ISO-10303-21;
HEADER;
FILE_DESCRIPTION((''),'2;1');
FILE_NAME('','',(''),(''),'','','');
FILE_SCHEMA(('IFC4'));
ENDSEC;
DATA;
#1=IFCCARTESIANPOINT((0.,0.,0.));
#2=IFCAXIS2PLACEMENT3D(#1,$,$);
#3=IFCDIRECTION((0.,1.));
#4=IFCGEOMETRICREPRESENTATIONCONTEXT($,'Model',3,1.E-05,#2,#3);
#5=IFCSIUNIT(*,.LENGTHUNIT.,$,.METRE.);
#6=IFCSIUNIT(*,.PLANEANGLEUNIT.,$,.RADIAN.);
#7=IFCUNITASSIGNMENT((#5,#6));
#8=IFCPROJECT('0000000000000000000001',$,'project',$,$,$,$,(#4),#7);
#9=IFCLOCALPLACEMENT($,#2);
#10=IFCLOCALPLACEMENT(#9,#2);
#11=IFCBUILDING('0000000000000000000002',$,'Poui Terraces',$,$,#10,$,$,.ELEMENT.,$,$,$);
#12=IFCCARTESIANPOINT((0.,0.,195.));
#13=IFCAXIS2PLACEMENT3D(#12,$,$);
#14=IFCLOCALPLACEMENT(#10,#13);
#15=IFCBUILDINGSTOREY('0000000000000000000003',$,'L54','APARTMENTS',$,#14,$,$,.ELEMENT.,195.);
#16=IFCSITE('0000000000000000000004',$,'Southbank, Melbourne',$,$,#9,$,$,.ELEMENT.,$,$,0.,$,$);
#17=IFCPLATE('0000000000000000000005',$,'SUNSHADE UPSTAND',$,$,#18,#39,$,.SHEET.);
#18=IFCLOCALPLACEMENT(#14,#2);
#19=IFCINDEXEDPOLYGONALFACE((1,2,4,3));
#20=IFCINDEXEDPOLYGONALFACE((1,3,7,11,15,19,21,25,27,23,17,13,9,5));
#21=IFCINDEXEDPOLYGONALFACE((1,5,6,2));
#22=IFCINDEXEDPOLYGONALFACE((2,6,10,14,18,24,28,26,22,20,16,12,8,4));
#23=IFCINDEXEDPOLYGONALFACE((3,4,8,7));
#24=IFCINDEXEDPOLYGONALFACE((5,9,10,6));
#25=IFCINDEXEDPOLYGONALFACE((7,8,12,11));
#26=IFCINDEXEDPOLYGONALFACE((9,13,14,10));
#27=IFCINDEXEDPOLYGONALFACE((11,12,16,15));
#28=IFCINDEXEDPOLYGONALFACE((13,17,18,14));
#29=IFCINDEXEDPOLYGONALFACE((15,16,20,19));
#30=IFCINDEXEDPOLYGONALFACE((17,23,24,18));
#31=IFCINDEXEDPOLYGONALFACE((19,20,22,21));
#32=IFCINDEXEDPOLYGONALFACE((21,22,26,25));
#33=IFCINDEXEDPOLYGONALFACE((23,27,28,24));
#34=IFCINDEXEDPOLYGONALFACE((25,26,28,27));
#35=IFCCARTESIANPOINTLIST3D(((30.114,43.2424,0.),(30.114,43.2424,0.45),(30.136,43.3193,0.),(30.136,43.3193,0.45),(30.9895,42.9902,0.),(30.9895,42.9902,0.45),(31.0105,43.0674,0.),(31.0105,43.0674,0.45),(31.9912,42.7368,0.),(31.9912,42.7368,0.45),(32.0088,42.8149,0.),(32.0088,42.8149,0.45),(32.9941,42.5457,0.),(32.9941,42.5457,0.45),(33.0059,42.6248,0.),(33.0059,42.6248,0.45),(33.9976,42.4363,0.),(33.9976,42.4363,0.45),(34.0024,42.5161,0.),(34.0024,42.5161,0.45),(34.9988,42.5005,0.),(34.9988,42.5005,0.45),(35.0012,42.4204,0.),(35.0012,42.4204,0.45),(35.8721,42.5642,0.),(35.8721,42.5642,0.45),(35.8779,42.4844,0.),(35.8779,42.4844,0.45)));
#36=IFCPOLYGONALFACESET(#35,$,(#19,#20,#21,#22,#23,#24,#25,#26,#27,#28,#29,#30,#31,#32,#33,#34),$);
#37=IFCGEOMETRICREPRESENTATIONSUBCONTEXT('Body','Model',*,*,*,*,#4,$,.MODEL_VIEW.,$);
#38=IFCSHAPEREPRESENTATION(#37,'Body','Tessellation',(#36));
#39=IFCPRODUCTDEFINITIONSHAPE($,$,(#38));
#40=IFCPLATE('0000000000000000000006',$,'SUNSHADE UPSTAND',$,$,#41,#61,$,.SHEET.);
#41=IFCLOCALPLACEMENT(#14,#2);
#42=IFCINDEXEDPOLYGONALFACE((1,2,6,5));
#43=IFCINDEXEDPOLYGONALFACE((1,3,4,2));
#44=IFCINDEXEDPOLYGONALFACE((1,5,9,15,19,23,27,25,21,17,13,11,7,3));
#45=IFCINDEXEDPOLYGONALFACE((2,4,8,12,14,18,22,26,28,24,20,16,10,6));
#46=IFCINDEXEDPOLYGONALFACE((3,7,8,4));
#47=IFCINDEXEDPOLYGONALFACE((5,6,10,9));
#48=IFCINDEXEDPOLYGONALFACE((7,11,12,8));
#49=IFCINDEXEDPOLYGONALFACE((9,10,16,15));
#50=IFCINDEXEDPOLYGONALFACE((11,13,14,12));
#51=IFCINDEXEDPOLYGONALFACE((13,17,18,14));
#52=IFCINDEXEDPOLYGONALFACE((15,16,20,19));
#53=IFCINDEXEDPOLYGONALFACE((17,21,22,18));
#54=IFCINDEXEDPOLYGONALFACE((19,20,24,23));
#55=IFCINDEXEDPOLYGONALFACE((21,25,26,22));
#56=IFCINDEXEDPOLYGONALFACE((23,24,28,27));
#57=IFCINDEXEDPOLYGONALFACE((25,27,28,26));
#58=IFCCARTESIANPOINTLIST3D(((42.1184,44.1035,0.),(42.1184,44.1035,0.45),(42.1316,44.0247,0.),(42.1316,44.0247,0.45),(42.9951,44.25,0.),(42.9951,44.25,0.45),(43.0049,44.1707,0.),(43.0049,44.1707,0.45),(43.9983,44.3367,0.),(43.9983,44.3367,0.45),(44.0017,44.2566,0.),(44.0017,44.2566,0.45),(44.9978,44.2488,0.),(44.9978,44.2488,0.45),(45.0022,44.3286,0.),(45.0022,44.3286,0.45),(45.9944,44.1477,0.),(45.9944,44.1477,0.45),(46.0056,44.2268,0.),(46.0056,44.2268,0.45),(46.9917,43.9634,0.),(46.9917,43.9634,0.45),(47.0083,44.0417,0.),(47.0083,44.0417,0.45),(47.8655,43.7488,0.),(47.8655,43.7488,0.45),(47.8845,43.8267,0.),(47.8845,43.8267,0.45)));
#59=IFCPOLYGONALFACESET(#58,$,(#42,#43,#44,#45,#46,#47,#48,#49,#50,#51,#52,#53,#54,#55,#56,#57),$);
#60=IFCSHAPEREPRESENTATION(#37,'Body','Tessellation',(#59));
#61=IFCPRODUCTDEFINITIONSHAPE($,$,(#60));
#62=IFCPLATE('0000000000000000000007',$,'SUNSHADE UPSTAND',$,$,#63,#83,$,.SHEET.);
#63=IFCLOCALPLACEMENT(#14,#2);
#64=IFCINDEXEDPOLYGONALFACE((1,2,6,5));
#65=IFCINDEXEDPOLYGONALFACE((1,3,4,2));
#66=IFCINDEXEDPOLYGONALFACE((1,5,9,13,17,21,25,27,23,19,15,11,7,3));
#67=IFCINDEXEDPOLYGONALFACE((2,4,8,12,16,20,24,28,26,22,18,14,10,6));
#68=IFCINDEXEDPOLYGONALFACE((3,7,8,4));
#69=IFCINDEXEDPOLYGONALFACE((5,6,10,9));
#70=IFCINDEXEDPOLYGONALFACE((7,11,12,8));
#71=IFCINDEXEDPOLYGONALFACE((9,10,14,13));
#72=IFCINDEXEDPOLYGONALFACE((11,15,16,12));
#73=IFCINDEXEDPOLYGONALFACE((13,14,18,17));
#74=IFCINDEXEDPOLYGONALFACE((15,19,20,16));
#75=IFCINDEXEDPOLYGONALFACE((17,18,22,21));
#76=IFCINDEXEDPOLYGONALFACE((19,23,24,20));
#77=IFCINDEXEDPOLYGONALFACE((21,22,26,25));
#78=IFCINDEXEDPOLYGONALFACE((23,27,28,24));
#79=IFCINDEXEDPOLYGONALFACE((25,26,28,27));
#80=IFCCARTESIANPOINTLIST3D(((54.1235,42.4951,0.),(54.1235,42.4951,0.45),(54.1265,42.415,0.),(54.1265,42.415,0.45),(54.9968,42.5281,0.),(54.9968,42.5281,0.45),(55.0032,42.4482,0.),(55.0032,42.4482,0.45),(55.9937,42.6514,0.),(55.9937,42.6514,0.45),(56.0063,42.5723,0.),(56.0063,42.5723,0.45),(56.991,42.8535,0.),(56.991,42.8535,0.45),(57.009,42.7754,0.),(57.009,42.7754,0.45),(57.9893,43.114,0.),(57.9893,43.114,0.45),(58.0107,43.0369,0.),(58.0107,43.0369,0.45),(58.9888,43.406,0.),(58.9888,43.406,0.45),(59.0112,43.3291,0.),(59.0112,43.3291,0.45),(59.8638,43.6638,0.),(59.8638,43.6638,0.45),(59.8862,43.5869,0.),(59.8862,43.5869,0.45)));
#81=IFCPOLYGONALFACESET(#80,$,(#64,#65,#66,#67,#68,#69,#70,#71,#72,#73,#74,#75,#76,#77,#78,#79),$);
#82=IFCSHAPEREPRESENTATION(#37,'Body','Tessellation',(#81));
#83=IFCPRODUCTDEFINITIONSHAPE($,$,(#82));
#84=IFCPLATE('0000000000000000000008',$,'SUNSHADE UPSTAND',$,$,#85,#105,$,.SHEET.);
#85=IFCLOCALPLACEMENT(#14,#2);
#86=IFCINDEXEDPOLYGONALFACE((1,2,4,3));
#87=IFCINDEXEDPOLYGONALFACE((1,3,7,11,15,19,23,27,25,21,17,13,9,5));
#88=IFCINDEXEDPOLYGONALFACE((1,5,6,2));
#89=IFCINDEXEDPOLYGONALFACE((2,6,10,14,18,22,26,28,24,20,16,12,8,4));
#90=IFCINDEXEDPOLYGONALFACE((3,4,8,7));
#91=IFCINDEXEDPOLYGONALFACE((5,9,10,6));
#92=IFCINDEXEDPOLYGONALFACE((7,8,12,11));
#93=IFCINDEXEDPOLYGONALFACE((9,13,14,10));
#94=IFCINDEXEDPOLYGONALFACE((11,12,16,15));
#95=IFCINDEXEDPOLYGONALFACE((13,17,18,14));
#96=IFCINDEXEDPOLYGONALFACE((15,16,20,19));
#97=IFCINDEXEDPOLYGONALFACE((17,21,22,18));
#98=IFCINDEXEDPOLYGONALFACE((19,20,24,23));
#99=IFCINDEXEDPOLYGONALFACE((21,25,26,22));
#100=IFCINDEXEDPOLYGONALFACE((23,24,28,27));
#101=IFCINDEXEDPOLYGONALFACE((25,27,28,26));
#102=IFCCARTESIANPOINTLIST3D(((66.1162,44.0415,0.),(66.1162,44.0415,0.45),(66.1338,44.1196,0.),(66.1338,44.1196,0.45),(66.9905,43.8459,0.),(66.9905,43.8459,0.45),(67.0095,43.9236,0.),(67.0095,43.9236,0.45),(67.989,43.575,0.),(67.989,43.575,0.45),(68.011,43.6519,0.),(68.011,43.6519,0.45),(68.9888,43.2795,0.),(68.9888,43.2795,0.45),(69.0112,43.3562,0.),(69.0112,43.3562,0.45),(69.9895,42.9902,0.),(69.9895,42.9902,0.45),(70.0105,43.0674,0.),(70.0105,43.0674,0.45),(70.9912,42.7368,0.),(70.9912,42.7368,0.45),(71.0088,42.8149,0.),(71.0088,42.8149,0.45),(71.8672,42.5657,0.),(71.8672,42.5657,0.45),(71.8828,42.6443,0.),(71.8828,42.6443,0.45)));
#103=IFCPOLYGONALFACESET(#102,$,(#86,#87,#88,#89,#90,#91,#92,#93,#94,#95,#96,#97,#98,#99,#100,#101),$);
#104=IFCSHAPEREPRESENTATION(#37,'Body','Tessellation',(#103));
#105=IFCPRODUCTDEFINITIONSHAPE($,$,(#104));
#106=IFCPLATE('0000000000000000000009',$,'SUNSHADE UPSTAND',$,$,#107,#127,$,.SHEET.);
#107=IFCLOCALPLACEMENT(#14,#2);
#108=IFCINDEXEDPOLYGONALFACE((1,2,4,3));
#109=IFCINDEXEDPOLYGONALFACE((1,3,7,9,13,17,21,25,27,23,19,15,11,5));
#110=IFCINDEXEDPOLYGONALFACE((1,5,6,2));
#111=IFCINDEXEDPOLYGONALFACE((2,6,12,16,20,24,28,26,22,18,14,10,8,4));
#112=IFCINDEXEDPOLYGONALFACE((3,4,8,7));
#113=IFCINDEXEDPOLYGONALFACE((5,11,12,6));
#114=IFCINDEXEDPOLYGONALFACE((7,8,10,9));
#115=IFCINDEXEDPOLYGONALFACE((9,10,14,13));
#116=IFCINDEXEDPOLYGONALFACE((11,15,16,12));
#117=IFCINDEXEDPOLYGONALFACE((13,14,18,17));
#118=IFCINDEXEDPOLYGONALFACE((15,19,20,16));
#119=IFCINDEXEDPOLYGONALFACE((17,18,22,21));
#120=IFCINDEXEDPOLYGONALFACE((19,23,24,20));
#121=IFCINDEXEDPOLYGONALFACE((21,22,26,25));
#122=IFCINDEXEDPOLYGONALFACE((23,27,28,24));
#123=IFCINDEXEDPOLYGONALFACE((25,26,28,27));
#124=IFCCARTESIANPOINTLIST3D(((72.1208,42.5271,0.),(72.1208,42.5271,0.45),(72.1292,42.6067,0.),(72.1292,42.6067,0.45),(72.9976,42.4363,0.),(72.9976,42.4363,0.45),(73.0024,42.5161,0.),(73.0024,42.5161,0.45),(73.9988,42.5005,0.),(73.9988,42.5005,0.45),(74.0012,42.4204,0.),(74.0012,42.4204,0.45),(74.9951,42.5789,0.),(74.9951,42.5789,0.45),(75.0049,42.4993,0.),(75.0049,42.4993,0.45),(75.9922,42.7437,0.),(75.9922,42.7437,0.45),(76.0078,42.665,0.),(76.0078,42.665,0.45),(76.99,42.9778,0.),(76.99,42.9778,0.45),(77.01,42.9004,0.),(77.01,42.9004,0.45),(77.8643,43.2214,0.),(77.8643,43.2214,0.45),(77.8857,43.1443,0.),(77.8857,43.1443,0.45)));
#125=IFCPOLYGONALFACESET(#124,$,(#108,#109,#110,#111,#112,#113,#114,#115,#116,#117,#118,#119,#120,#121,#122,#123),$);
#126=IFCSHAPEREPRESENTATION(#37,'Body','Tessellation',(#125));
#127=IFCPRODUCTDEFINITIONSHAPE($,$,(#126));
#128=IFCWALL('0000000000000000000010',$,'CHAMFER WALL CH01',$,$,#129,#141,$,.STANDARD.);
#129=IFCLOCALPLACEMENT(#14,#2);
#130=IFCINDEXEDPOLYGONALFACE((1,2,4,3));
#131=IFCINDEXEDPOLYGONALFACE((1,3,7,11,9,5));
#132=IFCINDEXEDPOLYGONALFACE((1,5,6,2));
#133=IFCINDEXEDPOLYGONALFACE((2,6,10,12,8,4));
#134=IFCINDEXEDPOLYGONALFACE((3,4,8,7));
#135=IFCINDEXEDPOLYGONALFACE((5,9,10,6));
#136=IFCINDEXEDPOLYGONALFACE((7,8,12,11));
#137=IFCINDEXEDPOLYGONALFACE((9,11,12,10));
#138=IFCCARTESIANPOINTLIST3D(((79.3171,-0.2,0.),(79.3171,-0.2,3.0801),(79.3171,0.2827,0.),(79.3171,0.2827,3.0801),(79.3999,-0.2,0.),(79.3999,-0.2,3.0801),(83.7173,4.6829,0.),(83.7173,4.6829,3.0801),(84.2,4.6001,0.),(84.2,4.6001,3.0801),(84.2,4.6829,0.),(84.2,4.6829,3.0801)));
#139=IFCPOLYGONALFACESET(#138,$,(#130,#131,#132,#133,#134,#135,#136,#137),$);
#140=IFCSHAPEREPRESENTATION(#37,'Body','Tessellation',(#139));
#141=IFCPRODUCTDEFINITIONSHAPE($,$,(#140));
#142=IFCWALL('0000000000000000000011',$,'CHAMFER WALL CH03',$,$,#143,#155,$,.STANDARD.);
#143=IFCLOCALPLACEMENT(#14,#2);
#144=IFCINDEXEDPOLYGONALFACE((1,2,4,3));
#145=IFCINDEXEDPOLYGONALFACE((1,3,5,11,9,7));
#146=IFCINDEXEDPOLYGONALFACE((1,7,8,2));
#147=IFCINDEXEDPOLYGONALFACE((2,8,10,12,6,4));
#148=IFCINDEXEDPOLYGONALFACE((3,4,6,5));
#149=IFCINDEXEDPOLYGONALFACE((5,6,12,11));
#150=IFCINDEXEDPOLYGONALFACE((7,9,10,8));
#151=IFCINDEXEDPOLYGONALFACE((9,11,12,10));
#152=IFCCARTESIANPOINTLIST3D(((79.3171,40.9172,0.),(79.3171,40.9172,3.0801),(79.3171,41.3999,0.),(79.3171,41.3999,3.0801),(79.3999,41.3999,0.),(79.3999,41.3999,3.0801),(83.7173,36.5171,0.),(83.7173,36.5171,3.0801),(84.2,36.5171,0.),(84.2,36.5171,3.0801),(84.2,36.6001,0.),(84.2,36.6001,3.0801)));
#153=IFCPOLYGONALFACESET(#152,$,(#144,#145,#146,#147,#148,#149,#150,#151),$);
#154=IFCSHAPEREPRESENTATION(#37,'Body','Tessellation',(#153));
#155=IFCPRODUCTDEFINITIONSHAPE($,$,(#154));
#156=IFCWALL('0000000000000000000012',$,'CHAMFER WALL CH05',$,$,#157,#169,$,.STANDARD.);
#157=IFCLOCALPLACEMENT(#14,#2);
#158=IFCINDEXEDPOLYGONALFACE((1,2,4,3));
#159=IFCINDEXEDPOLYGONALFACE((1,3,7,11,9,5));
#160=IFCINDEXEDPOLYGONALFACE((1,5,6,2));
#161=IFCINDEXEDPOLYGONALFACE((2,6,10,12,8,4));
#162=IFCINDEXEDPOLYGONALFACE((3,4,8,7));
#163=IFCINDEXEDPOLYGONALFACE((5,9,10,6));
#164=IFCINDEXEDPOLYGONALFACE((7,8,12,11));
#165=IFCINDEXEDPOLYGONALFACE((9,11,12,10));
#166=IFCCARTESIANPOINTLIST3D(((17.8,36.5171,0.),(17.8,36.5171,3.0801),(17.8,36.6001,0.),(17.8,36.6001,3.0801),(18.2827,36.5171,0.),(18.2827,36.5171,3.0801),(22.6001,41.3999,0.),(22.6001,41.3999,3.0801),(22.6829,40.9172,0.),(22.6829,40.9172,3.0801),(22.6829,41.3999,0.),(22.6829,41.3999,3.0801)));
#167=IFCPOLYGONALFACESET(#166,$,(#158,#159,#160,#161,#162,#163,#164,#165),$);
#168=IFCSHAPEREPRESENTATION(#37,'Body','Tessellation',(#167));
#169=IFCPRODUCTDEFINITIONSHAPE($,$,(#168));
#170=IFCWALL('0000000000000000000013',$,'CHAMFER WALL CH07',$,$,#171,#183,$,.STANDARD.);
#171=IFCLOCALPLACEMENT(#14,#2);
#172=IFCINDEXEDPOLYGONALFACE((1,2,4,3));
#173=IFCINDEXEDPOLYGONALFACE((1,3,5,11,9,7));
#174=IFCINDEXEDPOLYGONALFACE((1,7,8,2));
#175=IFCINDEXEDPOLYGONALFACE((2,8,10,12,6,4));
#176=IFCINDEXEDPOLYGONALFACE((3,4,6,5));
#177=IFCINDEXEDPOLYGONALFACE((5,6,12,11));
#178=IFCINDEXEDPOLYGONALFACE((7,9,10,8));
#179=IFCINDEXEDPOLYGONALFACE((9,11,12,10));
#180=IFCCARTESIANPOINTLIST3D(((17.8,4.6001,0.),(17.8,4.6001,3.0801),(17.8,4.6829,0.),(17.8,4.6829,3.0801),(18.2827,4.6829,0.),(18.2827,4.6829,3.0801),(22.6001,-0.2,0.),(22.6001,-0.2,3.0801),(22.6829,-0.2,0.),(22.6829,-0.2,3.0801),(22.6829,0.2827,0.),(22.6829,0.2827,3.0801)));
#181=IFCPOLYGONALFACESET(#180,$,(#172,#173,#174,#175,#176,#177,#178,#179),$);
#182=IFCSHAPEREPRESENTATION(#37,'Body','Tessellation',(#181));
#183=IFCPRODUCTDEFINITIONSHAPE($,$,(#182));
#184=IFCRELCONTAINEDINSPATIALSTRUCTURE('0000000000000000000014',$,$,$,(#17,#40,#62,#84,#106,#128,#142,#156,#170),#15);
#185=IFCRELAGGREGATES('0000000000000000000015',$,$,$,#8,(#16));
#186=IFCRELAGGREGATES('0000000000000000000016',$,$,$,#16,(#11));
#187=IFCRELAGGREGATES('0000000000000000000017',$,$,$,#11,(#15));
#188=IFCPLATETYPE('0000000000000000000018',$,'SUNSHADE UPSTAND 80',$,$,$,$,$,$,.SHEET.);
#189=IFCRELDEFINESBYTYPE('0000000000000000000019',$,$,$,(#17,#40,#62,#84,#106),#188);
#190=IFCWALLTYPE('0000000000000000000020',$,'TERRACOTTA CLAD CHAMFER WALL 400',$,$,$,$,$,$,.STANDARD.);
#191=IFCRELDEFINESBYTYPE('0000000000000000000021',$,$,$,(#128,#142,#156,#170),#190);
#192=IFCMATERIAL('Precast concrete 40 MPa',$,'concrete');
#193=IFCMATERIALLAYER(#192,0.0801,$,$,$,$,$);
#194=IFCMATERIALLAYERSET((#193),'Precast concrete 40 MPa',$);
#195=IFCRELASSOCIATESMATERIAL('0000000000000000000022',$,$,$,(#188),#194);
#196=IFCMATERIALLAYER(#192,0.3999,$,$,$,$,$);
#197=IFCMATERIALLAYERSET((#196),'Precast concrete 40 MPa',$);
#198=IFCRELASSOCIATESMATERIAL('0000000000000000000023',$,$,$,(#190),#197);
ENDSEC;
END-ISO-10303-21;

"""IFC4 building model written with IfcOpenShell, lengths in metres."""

from ifc_helpers import new_model, si_unit, direction, frame, origin, place, context, subcontext, project, spatial, polyline, outline, extrude, material, layer, layer_set, type_object, element, save


model = new_model("IFC4")

# Units and contexts
model_context = context("Model", 3, precision=1e-05, world=origin(), true_north=direction((0.0, 1.0)))
body_context = subcontext(model_context, "Body", "Model", "MODEL_VIEW")
ifc_project = project(units=[si_unit("LENGTHUNIT", "METRE"), si_unit("PLANEANGLEUNIT", "RADIAN")], contexts=[model_context])

# Site, building, storey
site_placement = place(None, origin())
site = spatial("IfcSite", under=ifc_project, at=site_placement, Name="Southbank, Melbourne", CompositionType="ELEMENT", RefElevation=0.0)
building_placement = place(site_placement, origin())
building = spatial("IfcBuilding", under=site, at=building_placement, Name="Poui Terraces", CompositionType="ELEMENT")
storey_placement = place(building_placement, frame((0.0, 0.0, 195.0)))
storey = spatial("IfcBuildingStorey", under=building, at=storey_placement, Name="L54", Description="APARTMENTS", CompositionType="ELEMENT", Elevation=195.0)

# Shared definitions
ifc_material_1 = material(Name="Precast concrete 40 MPa", Category="concrete")

# Plates
ifc_layer_1 = layer(ifc_material_1, 0.0801)
ifc_layer_set_1 = layer_set([ifc_layer_1], Name="Precast concrete 40 MPa")
plate_type = type_object("IfcPlateType", Name="SUNSHADE UPSTAND 80", PredefinedType="SHEET", material=ifc_layer_set_1)
plate_1_placement = place(storey_placement, origin())
element("IfcPlate", 1, at=plate_1_placement, inside=storey, type_object=plate_type, Name="SUNSHADE UPSTAND", PredefinedType="SHEET", context=body_context, shape_type="SweptSolid", body=[
    extrude(outline(polyline([(31.0105, 43.0674), (30.136, 43.3193), (30.114, 43.2424), (30.9895, 42.9902), (31.9912, 42.7368), (32.9941, 42.5457), (33.9976, 42.4363), (35.0012, 42.4204), (35.8779, 42.4844), (35.8721, 42.5642), (34.9988, 42.5005), (34.0024, 42.5161), (33.0059, 42.6248), (32.0088, 42.8149), (31.0105, 43.0674)])), origin(), (0.0, 0.0, 1.0), 0.45),
])
plate_2_placement = place(storey_placement, origin())
element("IfcPlate", 2, at=plate_2_placement, inside=storey, type_object=plate_type, Name="SUNSHADE UPSTAND", PredefinedType="SHEET", context=body_context, shape_type="SweptSolid", body=[
    extrude(outline(polyline([(42.9951, 44.25), (42.1184, 44.1035), (42.1316, 44.0247), (43.0049, 44.1707), (44.0017, 44.2566), (44.9978, 44.2488), (45.9944, 44.1477), (46.9917, 43.9634), (47.8655, 43.7488), (47.8845, 43.8267), (47.0083, 44.0417), (46.0056, 44.2268), (45.0022, 44.3286), (43.9983, 44.3367), (42.9951, 44.25)])), origin(), (0.0, 0.0, 1.0), 0.45),
])
plate_3_placement = place(storey_placement, origin())
element("IfcPlate", 3, at=plate_3_placement, inside=storey, type_object=plate_type, Name="SUNSHADE UPSTAND", PredefinedType="SHEET", context=body_context, shape_type="SweptSolid", body=[
    extrude(outline(polyline([(54.9968, 42.5281), (54.1235, 42.4951), (54.1265, 42.415), (55.0032, 42.4482), (56.0063, 42.5723), (57.009, 42.7754), (58.0107, 43.0369), (59.0112, 43.3291), (59.8862, 43.5869), (59.8638, 43.6638), (58.9888, 43.406), (57.9893, 43.114), (56.991, 42.8535), (55.9937, 42.6514), (54.9968, 42.5281)])), origin(), (0.0, 0.0, 1.0), 0.45),
])
plate_4_placement = place(storey_placement, origin())
element("IfcPlate", 4, at=plate_4_placement, inside=storey, type_object=plate_type, Name="SUNSHADE UPSTAND", PredefinedType="SHEET", context=body_context, shape_type="SweptSolid", body=[
    extrude(outline(polyline([(67.0095, 43.9236), (66.1338, 44.1196), (66.1162, 44.0415), (66.9905, 43.8459), (67.989, 43.575), (68.9888, 43.2795), (69.9895, 42.9902), (70.9912, 42.7368), (71.8672, 42.5657), (71.8828, 42.6443), (71.0088, 42.8149), (70.0105, 43.0674), (69.0112, 43.3562), (68.011, 43.6519), (67.0095, 43.9236)])), origin(), (0.0, 0.0, 1.0), 0.45),
])
plate_5_placement = place(storey_placement, origin())
element("IfcPlate", 5, at=plate_5_placement, inside=storey, type_object=plate_type, Name="SUNSHADE UPSTAND", PredefinedType="SHEET", context=body_context, shape_type="SweptSolid", body=[
    extrude(outline(polyline([(73.0024, 42.5161), (72.1292, 42.6067), (72.1208, 42.5271), (72.9976, 42.4363), (74.0012, 42.4204), (75.0049, 42.4993), (76.0078, 42.665), (77.01, 42.9004), (77.8857, 43.1443), (77.8643, 43.2214), (76.99, 42.9778), (75.9922, 42.7437), (74.9951, 42.5789), (73.9988, 42.5005), (73.0024, 42.5161)])), origin(), (0.0, 0.0, 1.0), 0.45),
])

# Walls
ifc_layer_2 = layer(ifc_material_1, 0.3999)
ifc_layer_set_2 = layer_set([ifc_layer_2], Name="Precast concrete 40 MPa")
wall_type = type_object("IfcWallType", Name="TERRACOTTA CLAD CHAMFER WALL 400", PredefinedType="STANDARD", material=ifc_layer_set_2)
wall_1_placement = place(storey_placement, origin())
element("IfcWall", 6, at=wall_1_placement, inside=storey, type_object=wall_type, Name="CHAMFER WALL CH01", PredefinedType="STANDARD", context=body_context, shape_type="SweptSolid", body=[
    extrude(outline(polyline([(79.3171, -0.2), (79.3999, -0.2), (84.2, 4.6001), (84.2, 4.6829), (83.7173, 4.6829), (79.3171, 0.2827), (79.3171, -0.2)])), origin(), (0.0, 0.0, 1.0), 3.0801),
])
wall_2_placement = place(storey_placement, origin())
element("IfcWall", 7, at=wall_2_placement, inside=storey, type_object=wall_type, Name="CHAMFER WALL CH03", PredefinedType="STANDARD", context=body_context, shape_type="SweptSolid", body=[
    extrude(outline(polyline([(84.2, 36.5171), (84.2, 36.6001), (79.3999, 41.3999), (79.3171, 41.3999), (79.3171, 40.9172), (83.7173, 36.5171), (84.2, 36.5171)])), origin(), (0.0, 0.0, 1.0), 3.0801),
])
wall_3_placement = place(storey_placement, origin())
element("IfcWall", 8, at=wall_3_placement, inside=storey, type_object=wall_type, Name="CHAMFER WALL CH05", PredefinedType="STANDARD", context=body_context, shape_type="SweptSolid", body=[
    extrude(outline(polyline([(22.6829, 41.3999), (22.6001, 41.3999), (17.8, 36.6001), (17.8, 36.5171), (18.2827, 36.5171), (22.6829, 40.9172), (22.6829, 41.3999)])), origin(), (0.0, 0.0, 1.0), 3.0801),
])
wall_4_placement = place(storey_placement, origin())
element("IfcWall", 9, at=wall_4_placement, inside=storey, type_object=wall_type, Name="CHAMFER WALL CH07", PredefinedType="STANDARD", context=body_context, shape_type="SweptSolid", body=[
    extrude(outline(polyline([(17.8, 4.6829), (17.8, 4.6001), (22.6001, -0.2), (22.6829, -0.2), (22.6829, 0.2827), (18.2827, 4.6829), (17.8, 4.6829)])), origin(), (0.0, 0.0, 1.0), 3.0801),
])

save(model, "model.ifc")
